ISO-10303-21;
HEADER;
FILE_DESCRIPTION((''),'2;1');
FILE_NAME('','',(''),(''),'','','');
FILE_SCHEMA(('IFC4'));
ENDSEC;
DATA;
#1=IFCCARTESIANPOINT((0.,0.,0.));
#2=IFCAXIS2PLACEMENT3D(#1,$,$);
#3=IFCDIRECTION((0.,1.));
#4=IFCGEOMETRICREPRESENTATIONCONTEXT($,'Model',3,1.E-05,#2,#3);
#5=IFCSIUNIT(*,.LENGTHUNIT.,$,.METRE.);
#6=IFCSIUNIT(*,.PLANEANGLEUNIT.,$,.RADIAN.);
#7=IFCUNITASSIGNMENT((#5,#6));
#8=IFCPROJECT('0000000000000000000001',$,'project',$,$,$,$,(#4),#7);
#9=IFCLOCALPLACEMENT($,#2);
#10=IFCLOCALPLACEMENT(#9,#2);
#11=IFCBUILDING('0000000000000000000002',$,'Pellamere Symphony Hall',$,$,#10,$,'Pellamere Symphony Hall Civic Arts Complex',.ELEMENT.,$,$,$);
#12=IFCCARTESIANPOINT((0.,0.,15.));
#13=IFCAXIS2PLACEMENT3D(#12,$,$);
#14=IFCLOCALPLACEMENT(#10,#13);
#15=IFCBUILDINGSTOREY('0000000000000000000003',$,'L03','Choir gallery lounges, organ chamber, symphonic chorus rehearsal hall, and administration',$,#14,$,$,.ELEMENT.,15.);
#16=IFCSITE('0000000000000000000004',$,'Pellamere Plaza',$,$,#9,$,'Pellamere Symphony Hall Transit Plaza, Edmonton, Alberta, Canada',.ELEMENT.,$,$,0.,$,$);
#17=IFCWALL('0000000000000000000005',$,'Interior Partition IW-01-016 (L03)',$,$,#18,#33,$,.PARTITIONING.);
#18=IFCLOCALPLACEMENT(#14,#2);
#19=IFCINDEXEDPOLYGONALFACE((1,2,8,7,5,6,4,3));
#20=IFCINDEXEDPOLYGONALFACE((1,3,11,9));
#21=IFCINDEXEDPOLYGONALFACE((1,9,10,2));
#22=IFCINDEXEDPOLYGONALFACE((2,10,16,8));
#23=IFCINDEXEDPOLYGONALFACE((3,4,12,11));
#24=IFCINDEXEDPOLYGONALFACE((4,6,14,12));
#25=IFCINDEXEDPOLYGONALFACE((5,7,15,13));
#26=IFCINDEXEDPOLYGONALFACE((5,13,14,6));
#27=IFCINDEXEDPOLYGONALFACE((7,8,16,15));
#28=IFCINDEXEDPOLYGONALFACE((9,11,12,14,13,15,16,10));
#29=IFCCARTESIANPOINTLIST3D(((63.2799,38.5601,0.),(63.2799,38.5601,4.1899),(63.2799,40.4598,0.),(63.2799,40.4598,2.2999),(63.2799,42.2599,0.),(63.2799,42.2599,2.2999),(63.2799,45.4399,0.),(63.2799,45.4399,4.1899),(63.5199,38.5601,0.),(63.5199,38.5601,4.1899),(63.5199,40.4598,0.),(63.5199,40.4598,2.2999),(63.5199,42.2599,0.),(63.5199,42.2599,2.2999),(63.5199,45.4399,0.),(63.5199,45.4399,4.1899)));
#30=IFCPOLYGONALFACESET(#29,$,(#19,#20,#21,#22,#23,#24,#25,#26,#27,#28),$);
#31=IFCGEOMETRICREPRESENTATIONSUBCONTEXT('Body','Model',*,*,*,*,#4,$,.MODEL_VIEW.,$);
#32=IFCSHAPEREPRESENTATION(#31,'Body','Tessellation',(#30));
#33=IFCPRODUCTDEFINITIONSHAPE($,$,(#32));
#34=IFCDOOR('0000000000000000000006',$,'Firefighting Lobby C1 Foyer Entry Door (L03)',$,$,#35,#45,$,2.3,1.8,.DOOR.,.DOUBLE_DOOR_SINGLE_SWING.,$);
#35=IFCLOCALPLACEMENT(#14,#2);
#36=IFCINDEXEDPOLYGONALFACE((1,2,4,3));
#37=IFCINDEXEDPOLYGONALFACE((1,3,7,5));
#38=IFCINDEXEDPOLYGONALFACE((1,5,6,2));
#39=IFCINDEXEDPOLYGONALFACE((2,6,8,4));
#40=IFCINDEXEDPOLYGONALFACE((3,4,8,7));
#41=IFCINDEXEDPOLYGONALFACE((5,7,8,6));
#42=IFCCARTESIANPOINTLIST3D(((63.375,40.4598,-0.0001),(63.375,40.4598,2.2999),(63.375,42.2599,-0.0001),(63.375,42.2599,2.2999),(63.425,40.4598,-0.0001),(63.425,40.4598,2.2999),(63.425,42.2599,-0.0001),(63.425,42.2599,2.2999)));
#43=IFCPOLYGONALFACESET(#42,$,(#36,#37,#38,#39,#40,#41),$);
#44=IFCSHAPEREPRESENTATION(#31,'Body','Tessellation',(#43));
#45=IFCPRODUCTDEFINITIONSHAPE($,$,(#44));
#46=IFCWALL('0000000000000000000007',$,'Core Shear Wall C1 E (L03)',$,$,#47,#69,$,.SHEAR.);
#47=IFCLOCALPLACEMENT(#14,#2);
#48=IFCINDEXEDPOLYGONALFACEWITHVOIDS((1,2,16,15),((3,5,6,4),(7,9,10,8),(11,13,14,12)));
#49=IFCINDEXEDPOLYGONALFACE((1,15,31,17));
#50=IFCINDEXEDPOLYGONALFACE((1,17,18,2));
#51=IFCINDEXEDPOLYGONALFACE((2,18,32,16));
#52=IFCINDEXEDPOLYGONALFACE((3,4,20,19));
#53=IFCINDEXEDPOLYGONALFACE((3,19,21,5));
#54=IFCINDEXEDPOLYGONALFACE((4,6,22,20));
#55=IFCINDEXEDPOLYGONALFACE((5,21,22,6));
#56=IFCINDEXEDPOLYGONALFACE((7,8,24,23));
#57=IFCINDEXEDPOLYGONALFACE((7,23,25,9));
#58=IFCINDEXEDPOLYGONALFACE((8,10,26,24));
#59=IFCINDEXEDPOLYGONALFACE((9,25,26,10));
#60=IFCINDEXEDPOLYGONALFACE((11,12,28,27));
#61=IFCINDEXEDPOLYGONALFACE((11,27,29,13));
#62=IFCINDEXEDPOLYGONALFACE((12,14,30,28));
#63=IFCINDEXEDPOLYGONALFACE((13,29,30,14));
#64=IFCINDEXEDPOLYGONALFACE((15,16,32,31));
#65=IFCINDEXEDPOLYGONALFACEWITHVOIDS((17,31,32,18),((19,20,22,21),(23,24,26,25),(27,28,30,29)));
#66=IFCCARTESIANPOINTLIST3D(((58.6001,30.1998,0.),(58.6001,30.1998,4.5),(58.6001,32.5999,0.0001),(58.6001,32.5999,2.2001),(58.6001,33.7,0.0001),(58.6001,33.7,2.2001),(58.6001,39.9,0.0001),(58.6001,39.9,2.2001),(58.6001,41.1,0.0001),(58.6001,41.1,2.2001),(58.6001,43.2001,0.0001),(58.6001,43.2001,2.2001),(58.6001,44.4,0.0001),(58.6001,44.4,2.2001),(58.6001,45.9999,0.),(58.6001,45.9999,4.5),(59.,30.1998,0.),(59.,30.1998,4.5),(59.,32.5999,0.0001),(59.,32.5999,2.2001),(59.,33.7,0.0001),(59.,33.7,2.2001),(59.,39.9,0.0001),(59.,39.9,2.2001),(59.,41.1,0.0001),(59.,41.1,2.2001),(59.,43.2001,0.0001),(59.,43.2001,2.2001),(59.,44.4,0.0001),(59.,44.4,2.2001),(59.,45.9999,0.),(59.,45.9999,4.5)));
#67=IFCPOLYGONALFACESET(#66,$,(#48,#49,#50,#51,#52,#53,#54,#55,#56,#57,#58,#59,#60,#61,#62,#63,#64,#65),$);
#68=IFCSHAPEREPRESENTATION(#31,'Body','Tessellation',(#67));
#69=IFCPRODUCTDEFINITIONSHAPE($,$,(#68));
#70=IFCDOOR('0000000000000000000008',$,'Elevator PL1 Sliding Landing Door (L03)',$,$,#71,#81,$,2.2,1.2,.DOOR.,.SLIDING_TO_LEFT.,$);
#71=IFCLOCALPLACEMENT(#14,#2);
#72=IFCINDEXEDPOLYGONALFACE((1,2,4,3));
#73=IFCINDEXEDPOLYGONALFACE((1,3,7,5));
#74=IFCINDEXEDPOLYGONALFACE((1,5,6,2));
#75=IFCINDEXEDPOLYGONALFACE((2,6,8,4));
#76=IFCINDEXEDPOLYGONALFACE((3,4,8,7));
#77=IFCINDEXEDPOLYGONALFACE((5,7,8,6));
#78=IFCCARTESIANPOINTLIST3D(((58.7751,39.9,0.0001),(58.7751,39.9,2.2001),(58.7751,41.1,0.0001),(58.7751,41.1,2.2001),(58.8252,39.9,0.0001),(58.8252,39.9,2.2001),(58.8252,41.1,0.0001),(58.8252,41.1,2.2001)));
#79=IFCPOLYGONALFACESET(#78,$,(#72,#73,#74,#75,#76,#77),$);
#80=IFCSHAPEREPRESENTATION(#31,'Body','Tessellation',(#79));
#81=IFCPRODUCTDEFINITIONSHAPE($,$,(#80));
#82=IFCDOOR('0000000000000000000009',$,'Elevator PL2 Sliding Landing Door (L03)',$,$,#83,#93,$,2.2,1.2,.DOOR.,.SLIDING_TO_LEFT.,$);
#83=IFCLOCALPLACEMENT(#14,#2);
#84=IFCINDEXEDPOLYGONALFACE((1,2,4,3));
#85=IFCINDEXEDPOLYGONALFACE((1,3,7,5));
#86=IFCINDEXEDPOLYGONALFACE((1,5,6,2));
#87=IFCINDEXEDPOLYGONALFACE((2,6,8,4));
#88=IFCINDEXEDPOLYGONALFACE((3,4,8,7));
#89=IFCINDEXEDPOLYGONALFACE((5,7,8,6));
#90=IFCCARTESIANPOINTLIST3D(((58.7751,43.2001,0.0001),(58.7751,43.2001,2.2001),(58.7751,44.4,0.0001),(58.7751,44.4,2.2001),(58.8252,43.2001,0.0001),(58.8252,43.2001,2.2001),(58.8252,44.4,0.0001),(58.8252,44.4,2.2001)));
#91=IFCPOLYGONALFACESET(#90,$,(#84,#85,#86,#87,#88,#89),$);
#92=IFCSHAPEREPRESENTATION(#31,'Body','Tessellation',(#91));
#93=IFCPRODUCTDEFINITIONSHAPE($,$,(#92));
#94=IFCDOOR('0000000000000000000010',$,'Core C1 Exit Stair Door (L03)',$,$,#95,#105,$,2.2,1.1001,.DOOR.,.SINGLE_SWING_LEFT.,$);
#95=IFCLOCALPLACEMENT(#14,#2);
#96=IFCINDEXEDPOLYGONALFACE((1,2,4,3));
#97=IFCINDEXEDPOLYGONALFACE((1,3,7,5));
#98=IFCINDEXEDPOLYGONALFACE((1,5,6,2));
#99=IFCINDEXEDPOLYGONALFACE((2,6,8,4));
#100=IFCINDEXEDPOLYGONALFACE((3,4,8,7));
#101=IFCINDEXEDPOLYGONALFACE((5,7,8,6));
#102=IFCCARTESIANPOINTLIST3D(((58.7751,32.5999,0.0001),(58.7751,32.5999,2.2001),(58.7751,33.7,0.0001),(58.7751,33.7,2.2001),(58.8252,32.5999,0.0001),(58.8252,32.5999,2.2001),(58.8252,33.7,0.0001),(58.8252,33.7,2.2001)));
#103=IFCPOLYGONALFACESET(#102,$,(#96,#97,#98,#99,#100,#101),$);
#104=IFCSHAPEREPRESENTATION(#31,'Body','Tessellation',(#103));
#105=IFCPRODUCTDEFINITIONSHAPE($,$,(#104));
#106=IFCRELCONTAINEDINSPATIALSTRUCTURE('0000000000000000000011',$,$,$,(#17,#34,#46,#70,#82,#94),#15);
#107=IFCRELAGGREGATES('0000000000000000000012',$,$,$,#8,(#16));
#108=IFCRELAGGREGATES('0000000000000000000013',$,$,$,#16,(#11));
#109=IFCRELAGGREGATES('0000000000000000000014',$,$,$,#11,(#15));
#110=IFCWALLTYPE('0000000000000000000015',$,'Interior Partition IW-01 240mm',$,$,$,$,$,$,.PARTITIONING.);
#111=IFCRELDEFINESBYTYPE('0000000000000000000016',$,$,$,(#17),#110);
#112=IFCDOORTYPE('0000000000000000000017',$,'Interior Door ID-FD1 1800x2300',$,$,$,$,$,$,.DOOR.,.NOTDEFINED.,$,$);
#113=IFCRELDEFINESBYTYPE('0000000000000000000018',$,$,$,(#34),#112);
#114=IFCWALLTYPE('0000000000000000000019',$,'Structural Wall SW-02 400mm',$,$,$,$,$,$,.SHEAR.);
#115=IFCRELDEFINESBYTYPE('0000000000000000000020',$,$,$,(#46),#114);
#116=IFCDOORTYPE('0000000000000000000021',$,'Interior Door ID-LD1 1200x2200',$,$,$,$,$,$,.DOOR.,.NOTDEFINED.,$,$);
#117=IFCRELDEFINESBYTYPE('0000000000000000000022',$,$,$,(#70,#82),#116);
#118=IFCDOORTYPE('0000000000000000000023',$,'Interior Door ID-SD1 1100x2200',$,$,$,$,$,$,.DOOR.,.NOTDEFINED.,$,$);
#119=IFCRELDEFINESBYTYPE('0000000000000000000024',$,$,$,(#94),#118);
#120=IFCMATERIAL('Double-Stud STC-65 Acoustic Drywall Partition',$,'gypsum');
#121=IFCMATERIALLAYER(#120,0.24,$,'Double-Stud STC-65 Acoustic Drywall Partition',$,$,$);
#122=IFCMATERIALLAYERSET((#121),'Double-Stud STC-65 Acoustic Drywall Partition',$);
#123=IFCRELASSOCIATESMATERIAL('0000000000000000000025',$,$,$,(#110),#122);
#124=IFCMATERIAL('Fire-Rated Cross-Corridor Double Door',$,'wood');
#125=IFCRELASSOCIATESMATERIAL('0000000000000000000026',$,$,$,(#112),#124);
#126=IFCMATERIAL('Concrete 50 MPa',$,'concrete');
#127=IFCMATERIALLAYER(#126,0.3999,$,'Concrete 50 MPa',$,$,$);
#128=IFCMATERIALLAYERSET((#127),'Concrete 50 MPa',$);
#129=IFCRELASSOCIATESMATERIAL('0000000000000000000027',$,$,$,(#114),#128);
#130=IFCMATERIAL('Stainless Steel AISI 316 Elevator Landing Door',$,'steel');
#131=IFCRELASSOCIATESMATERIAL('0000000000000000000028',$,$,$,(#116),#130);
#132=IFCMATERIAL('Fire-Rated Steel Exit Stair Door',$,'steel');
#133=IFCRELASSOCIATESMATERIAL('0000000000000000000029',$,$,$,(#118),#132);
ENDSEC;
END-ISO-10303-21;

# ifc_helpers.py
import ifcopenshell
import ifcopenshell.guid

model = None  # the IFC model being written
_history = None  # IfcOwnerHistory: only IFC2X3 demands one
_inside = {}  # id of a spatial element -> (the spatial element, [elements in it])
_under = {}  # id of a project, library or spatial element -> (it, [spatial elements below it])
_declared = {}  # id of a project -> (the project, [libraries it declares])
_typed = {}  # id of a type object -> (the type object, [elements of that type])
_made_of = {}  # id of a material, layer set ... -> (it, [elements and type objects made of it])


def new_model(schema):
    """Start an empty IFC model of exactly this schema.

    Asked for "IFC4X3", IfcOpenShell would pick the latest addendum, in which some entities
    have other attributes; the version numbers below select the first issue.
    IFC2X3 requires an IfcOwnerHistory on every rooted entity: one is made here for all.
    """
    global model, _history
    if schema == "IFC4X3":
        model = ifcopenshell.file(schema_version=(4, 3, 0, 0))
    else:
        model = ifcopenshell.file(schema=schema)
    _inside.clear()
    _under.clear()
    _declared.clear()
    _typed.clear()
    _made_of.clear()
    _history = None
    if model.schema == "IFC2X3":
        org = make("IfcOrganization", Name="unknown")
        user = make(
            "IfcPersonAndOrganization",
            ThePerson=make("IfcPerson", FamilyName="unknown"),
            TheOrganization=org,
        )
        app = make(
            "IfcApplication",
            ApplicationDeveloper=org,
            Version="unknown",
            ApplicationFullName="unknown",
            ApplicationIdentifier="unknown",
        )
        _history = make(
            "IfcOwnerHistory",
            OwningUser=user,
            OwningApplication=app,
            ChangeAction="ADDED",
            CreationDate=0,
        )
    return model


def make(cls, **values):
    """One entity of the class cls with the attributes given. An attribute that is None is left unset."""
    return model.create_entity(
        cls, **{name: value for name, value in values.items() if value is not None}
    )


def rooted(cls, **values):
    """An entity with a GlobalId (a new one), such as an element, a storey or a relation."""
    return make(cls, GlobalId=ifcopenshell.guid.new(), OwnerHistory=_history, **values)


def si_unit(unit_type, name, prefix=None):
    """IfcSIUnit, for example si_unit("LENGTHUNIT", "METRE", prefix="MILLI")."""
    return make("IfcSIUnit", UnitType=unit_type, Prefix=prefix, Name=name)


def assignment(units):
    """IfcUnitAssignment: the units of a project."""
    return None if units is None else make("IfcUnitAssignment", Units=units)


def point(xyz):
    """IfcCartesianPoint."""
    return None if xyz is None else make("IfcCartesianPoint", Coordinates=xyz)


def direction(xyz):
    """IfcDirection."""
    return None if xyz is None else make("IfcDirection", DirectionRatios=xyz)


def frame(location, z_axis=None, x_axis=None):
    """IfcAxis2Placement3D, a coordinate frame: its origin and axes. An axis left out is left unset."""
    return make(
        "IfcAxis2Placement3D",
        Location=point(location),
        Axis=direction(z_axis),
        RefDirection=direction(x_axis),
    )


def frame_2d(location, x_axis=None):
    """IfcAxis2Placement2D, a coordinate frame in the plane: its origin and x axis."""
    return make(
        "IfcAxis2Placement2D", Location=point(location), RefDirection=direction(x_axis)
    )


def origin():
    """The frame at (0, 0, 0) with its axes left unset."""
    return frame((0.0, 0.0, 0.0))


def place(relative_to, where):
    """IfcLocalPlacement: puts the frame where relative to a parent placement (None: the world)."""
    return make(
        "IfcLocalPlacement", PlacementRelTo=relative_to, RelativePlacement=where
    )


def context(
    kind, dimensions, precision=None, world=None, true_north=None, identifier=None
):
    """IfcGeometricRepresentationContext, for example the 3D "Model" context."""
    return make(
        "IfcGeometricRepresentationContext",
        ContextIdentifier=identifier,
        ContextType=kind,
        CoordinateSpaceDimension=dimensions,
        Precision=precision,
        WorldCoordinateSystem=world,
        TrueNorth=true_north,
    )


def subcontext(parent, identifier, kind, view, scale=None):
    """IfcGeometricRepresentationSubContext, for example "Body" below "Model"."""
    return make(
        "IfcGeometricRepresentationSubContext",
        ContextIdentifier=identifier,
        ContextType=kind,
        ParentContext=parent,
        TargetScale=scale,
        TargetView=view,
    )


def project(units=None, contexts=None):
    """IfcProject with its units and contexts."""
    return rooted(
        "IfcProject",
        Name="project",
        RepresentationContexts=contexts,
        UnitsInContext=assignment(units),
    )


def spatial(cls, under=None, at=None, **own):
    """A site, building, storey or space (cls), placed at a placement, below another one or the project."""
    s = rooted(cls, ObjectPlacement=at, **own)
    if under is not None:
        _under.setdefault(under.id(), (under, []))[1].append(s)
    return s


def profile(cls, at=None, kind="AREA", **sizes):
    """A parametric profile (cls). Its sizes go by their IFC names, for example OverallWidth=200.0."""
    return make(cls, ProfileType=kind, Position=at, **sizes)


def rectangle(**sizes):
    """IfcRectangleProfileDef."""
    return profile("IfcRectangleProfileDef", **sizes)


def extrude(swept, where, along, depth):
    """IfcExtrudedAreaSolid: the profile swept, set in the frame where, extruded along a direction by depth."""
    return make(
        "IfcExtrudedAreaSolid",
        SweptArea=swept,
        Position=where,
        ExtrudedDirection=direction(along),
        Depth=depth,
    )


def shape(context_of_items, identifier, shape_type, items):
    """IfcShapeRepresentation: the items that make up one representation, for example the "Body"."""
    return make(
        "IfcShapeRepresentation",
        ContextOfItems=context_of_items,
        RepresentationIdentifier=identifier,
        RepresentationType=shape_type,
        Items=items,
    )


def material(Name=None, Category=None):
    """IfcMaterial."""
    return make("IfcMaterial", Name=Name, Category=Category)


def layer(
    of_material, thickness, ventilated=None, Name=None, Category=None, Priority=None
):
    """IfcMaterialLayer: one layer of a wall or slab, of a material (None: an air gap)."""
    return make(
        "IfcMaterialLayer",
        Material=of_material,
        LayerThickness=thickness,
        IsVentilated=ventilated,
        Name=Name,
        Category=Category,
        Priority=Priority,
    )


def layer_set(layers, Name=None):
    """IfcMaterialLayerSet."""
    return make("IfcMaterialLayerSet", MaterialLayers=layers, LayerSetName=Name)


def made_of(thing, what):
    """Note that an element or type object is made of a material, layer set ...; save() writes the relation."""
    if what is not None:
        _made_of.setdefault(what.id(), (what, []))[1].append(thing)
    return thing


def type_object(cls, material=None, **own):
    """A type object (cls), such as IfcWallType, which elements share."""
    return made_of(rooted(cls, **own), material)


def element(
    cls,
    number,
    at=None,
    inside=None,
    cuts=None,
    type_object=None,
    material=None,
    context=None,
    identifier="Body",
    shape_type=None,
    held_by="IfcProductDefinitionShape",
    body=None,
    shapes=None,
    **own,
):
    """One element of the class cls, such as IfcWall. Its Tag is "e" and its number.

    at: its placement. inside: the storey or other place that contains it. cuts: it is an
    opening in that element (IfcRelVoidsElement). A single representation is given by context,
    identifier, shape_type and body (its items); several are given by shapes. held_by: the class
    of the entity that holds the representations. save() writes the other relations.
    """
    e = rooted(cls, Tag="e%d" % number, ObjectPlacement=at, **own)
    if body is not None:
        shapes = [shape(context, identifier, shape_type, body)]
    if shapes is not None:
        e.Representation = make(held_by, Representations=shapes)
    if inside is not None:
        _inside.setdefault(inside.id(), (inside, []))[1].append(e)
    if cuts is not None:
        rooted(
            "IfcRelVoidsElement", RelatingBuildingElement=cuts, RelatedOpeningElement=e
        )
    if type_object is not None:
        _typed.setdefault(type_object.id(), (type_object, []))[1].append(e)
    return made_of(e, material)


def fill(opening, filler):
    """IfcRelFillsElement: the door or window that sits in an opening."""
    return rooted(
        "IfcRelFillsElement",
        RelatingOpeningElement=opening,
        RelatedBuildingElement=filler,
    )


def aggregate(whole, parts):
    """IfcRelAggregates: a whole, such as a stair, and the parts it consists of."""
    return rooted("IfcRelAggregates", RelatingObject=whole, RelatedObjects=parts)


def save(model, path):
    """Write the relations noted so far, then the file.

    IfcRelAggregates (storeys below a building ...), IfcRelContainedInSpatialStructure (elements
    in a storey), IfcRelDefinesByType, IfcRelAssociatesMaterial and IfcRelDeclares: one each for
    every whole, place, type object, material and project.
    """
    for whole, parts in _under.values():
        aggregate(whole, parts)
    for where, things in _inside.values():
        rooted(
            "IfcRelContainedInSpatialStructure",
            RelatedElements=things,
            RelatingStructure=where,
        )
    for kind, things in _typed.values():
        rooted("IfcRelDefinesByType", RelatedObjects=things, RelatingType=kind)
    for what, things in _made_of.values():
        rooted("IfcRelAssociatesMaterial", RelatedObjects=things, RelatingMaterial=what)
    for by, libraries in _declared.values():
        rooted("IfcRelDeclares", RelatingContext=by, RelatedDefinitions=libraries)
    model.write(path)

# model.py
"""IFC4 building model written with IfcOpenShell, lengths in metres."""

from ifc_helpers import new_model, si_unit, direction, frame, frame_2d, origin, place, context, subcontext, project, spatial, rectangle, extrude, material, layer, layer_set, type_object, element, fill, save


model = new_model("IFC4")

# Units and contexts
model_context = context("Model", 3, precision=1e-05, world=origin(), true_north=direction((0.0, 1.0)))
body_context = subcontext(model_context, "Body", "Model", "MODEL_VIEW")
ifc_project = project(units=[si_unit("LENGTHUNIT", "METRE"), si_unit("PLANEANGLEUNIT", "RADIAN")], contexts=[model_context])

# Site, building, storey
site_placement = place(None, origin())
site = spatial("IfcSite", under=ifc_project, at=site_placement, Name="Pellamere Plaza", LongName="Pellamere Symphony Hall Transit Plaza, Edmonton, Alberta, Canada", CompositionType="ELEMENT", RefElevation=0.0)
building_placement = place(site_placement, origin())
building = spatial("IfcBuilding", under=site, at=building_placement, Name="Pellamere Symphony Hall", LongName="Pellamere Symphony Hall Civic Arts Complex", CompositionType="ELEMENT")
storey_placement = place(building_placement, frame((0.0, 0.0, 15.0)))
storey = spatial("IfcBuildingStorey", under=building, at=storey_placement, Name="L03", Description="Choir gallery lounges, organ chamber, symphonic chorus rehearsal hall, and administration", CompositionType="ELEMENT", Elevation=15.0)

# Shared definitions
ifc_material_1 = material(Name="Double-Stud STC-65 Acoustic Drywall Partition", Category="gypsum")
ifc_layer_1 = layer(ifc_material_1, 0.24, Name="Double-Stud STC-65 Acoustic Drywall Partition")
ifc_layer_set_1 = layer_set([ifc_layer_1], Name="Double-Stud STC-65 Acoustic Drywall Partition")
wall_type_1 = type_object("IfcWallType", Name="Interior Partition IW-01 240mm", PredefinedType="PARTITIONING", material=ifc_layer_set_1)

# Wall, opening, door
wall_1_placement = place(storey_placement, frame((63.3999, 38.5601, 0.0), z_axis=(0.0, 0.0, 1.0), x_axis=(0.0, 1.0, 0.0)))
wall_1 = element("IfcWall", 1, at=wall_1_placement, inside=storey, type_object=wall_type_1, Name="Interior Partition IW-01-016 (L03)", PredefinedType="PARTITIONING", context=body_context, shape_type="SweptSolid", body=[
    extrude(rectangle(XDim=6.8799, YDim=0.24, at=frame_2d((3.4399, 0.0))), origin(), (0.0, 0.0, 1.0), 4.1899),
])
opening_1_placement = place(wall_1_placement, frame((1.8999, 0.0, 0.0)))
opening_1 = element("IfcOpeningElement", 2, at=opening_1_placement, cuts=wall_1, PredefinedType="OPENING", context=body_context, shape_type="SweptSolid", body=[
    extrude(rectangle(XDim=1.8, YDim=2.3, at=frame_2d((0.8999, 1.1499))), frame((0.0, 0.1299, 0.0), z_axis=(0.0, -1.0, 0.0), x_axis=(1.0, 0.0, 0.0)), (0.0, 0.0, 1.0), 0.26),
])
ifc_material_2 = material(Name="Fire-Rated Cross-Corridor Double Door", Category="wood")
door_type_1 = type_object("IfcDoorType", Name="Interior Door ID-FD1 1800x2300", OperationType="NOTDEFINED", PredefinedType="DOOR", material=ifc_material_2)
door_1_placement = place(opening_1_placement, origin())
door_1 = element("IfcDoor", 3, at=door_1_placement, inside=storey, type_object=door_type_1, Name="Firefighting Lobby C1 Foyer Entry Door (L03)", OperationType="DOUBLE_DOOR_SINGLE_SWING", OverallHeight=2.3, OverallWidth=1.8, PredefinedType="DOOR", context=body_context, shape_type="SweptSolid", body=[
    extrude(rectangle(XDim=1.8, YDim=2.3, at=frame_2d((0.8999, 1.1499))), frame((0.0, 0.0249, 0.0), z_axis=(0.0, -1.0, 0.0), x_axis=(1.0, 0.0, 0.0)), (0.0, 0.0, 1.0), 0.05),
])
fill(opening_1, door_1)

# Wall, openings, doors
ifc_material_3 = material(Name="Concrete 50 MPa", Category="concrete")
ifc_layer_2 = layer(ifc_material_3, 0.3999, Name="Concrete 50 MPa")
ifc_layer_set_2 = layer_set([ifc_layer_2], Name="Concrete 50 MPa")
wall_type_2 = type_object("IfcWallType", Name="Structural Wall SW-02 400mm", PredefinedType="SHEAR", material=ifc_layer_set_2)
wall_2_placement = place(storey_placement, frame((58.8, 30.2, 0.0), z_axis=(0.0, 0.0, 1.0), x_axis=(0.0, 1.0, 0.0)))
wall_2 = element("IfcWall", 4, at=wall_2_placement, inside=storey, type_object=wall_type_2, Name="Core Shear Wall C1 E (L03)", PredefinedType="SHEAR", context=body_context, shape_type="SweptSolid", body=[
    extrude(rectangle(XDim=15.8, YDim=0.3999, at=frame_2d((7.8999, 0.0))), origin(), (0.0, 0.0, 1.0), 4.5),
])
opening_2_placement = place(wall_2_placement, frame((9.7, 0.0, 0.0)))
opening_2 = element("IfcOpeningElement", 5, at=opening_2_placement, cuts=wall_2, PredefinedType="OPENING", context=body_context, shape_type="SweptSolid", body=[
    extrude(rectangle(XDim=1.2, YDim=2.2, at=frame_2d((0.6001, 1.1001))), frame((0.0, 0.21, 0.0), z_axis=(0.0, -1.0, 0.0), x_axis=(1.0, 0.0, 0.0)), (0.0, 0.0, 1.0), 0.4199),
])
opening_3_placement = place(wall_2_placement, frame((13.0, 0.0, 0.0)))
opening_3 = element("IfcOpeningElement", 6, at=opening_3_placement, cuts=wall_2, PredefinedType="OPENING", context=body_context, shape_type="SweptSolid", body=[
    extrude(rectangle(XDim=1.2, YDim=2.2, at=frame_2d((0.6001, 1.1001))), frame((0.0, 0.21, 0.0), z_axis=(0.0, -1.0, 0.0), x_axis=(1.0, 0.0, 0.0)), (0.0, 0.0, 1.0), 0.4199),
])
opening_4_placement = place(wall_2_placement, frame((2.3999, 0.0, 0.0)))
opening_4 = element("IfcOpeningElement", 7, at=opening_4_placement, cuts=wall_2, PredefinedType="OPENING", context=body_context, shape_type="SweptSolid", body=[
    extrude(rectangle(XDim=1.1001, YDim=2.2, at=frame_2d((0.55, 1.1001))), frame((0.0, 0.21, 0.0), z_axis=(0.0, -1.0, 0.0), x_axis=(1.0, 0.0, 0.0)), (0.0, 0.0, 1.0), 0.4199),
])
ifc_material_4 = material(Name="Stainless Steel AISI 316 Elevator Landing Door", Category="steel")
door_type_2 = type_object("IfcDoorType", Name="Interior Door ID-LD1 1200x2200", OperationType="NOTDEFINED", PredefinedType="DOOR", material=ifc_material_4)
door_2_placement = place(opening_2_placement, origin())
door_2 = element("IfcDoor", 8, at=door_2_placement, inside=storey, type_object=door_type_2, Name="Elevator PL1 Sliding Landing Door (L03)", OperationType="SLIDING_TO_LEFT", OverallHeight=2.2, OverallWidth=1.2, PredefinedType="DOOR", context=body_context, shape_type="SweptSolid", body=[
    extrude(rectangle(XDim=1.2, YDim=2.2, at=frame_2d((0.6001, 1.1001))), frame((0.0, 0.0249, 0.0), z_axis=(0.0, -1.0, 0.0), x_axis=(1.0, 0.0, 0.0)), (0.0, 0.0, 1.0), 0.05),
])
fill(opening_2, door_2)
door_3_placement = place(opening_3_placement, origin())
door_3 = element("IfcDoor", 9, at=door_3_placement, inside=storey, type_object=door_type_2, Name="Elevator PL2 Sliding Landing Door (L03)", OperationType="SLIDING_TO_LEFT", OverallHeight=2.2, OverallWidth=1.2, PredefinedType="DOOR", context=body_context, shape_type="SweptSolid", body=[
    extrude(rectangle(XDim=1.2, YDim=2.2, at=frame_2d((0.6001, 1.1001))), frame((0.0, 0.0249, 0.0), z_axis=(0.0, -1.0, 0.0), x_axis=(1.0, 0.0, 0.0)), (0.0, 0.0, 1.0), 0.05),
])
fill(opening_3, door_3)
ifc_material_5 = material(Name="Fire-Rated Steel Exit Stair Door", Category="steel")
door_type_3 = type_object("IfcDoorType", Name="Interior Door ID-SD1 1100x2200", OperationType="NOTDEFINED", PredefinedType="DOOR", material=ifc_material_5)
door_4_placement = place(opening_4_placement, origin())
door_4 = element("IfcDoor", 10, at=door_4_placement, inside=storey, type_object=door_type_3, Name="Core C1 Exit Stair Door (L03)", OperationType="SINGLE_SWING_LEFT", OverallHeight=2.2, OverallWidth=1.1001, PredefinedType="DOOR", context=body_context, shape_type="SweptSolid", body=[
    extrude(rectangle(XDim=1.1001, YDim=2.2, at=frame_2d((0.55, 1.1001))), frame((0.0, 0.0249, 0.0), z_axis=(0.0, -1.0, 0.0), x_axis=(1.0, 0.0, 0.0)), (0.0, 0.0, 1.0), 0.05),
])
fill(opening_4, door_4)

save(model, "model.ifc")
